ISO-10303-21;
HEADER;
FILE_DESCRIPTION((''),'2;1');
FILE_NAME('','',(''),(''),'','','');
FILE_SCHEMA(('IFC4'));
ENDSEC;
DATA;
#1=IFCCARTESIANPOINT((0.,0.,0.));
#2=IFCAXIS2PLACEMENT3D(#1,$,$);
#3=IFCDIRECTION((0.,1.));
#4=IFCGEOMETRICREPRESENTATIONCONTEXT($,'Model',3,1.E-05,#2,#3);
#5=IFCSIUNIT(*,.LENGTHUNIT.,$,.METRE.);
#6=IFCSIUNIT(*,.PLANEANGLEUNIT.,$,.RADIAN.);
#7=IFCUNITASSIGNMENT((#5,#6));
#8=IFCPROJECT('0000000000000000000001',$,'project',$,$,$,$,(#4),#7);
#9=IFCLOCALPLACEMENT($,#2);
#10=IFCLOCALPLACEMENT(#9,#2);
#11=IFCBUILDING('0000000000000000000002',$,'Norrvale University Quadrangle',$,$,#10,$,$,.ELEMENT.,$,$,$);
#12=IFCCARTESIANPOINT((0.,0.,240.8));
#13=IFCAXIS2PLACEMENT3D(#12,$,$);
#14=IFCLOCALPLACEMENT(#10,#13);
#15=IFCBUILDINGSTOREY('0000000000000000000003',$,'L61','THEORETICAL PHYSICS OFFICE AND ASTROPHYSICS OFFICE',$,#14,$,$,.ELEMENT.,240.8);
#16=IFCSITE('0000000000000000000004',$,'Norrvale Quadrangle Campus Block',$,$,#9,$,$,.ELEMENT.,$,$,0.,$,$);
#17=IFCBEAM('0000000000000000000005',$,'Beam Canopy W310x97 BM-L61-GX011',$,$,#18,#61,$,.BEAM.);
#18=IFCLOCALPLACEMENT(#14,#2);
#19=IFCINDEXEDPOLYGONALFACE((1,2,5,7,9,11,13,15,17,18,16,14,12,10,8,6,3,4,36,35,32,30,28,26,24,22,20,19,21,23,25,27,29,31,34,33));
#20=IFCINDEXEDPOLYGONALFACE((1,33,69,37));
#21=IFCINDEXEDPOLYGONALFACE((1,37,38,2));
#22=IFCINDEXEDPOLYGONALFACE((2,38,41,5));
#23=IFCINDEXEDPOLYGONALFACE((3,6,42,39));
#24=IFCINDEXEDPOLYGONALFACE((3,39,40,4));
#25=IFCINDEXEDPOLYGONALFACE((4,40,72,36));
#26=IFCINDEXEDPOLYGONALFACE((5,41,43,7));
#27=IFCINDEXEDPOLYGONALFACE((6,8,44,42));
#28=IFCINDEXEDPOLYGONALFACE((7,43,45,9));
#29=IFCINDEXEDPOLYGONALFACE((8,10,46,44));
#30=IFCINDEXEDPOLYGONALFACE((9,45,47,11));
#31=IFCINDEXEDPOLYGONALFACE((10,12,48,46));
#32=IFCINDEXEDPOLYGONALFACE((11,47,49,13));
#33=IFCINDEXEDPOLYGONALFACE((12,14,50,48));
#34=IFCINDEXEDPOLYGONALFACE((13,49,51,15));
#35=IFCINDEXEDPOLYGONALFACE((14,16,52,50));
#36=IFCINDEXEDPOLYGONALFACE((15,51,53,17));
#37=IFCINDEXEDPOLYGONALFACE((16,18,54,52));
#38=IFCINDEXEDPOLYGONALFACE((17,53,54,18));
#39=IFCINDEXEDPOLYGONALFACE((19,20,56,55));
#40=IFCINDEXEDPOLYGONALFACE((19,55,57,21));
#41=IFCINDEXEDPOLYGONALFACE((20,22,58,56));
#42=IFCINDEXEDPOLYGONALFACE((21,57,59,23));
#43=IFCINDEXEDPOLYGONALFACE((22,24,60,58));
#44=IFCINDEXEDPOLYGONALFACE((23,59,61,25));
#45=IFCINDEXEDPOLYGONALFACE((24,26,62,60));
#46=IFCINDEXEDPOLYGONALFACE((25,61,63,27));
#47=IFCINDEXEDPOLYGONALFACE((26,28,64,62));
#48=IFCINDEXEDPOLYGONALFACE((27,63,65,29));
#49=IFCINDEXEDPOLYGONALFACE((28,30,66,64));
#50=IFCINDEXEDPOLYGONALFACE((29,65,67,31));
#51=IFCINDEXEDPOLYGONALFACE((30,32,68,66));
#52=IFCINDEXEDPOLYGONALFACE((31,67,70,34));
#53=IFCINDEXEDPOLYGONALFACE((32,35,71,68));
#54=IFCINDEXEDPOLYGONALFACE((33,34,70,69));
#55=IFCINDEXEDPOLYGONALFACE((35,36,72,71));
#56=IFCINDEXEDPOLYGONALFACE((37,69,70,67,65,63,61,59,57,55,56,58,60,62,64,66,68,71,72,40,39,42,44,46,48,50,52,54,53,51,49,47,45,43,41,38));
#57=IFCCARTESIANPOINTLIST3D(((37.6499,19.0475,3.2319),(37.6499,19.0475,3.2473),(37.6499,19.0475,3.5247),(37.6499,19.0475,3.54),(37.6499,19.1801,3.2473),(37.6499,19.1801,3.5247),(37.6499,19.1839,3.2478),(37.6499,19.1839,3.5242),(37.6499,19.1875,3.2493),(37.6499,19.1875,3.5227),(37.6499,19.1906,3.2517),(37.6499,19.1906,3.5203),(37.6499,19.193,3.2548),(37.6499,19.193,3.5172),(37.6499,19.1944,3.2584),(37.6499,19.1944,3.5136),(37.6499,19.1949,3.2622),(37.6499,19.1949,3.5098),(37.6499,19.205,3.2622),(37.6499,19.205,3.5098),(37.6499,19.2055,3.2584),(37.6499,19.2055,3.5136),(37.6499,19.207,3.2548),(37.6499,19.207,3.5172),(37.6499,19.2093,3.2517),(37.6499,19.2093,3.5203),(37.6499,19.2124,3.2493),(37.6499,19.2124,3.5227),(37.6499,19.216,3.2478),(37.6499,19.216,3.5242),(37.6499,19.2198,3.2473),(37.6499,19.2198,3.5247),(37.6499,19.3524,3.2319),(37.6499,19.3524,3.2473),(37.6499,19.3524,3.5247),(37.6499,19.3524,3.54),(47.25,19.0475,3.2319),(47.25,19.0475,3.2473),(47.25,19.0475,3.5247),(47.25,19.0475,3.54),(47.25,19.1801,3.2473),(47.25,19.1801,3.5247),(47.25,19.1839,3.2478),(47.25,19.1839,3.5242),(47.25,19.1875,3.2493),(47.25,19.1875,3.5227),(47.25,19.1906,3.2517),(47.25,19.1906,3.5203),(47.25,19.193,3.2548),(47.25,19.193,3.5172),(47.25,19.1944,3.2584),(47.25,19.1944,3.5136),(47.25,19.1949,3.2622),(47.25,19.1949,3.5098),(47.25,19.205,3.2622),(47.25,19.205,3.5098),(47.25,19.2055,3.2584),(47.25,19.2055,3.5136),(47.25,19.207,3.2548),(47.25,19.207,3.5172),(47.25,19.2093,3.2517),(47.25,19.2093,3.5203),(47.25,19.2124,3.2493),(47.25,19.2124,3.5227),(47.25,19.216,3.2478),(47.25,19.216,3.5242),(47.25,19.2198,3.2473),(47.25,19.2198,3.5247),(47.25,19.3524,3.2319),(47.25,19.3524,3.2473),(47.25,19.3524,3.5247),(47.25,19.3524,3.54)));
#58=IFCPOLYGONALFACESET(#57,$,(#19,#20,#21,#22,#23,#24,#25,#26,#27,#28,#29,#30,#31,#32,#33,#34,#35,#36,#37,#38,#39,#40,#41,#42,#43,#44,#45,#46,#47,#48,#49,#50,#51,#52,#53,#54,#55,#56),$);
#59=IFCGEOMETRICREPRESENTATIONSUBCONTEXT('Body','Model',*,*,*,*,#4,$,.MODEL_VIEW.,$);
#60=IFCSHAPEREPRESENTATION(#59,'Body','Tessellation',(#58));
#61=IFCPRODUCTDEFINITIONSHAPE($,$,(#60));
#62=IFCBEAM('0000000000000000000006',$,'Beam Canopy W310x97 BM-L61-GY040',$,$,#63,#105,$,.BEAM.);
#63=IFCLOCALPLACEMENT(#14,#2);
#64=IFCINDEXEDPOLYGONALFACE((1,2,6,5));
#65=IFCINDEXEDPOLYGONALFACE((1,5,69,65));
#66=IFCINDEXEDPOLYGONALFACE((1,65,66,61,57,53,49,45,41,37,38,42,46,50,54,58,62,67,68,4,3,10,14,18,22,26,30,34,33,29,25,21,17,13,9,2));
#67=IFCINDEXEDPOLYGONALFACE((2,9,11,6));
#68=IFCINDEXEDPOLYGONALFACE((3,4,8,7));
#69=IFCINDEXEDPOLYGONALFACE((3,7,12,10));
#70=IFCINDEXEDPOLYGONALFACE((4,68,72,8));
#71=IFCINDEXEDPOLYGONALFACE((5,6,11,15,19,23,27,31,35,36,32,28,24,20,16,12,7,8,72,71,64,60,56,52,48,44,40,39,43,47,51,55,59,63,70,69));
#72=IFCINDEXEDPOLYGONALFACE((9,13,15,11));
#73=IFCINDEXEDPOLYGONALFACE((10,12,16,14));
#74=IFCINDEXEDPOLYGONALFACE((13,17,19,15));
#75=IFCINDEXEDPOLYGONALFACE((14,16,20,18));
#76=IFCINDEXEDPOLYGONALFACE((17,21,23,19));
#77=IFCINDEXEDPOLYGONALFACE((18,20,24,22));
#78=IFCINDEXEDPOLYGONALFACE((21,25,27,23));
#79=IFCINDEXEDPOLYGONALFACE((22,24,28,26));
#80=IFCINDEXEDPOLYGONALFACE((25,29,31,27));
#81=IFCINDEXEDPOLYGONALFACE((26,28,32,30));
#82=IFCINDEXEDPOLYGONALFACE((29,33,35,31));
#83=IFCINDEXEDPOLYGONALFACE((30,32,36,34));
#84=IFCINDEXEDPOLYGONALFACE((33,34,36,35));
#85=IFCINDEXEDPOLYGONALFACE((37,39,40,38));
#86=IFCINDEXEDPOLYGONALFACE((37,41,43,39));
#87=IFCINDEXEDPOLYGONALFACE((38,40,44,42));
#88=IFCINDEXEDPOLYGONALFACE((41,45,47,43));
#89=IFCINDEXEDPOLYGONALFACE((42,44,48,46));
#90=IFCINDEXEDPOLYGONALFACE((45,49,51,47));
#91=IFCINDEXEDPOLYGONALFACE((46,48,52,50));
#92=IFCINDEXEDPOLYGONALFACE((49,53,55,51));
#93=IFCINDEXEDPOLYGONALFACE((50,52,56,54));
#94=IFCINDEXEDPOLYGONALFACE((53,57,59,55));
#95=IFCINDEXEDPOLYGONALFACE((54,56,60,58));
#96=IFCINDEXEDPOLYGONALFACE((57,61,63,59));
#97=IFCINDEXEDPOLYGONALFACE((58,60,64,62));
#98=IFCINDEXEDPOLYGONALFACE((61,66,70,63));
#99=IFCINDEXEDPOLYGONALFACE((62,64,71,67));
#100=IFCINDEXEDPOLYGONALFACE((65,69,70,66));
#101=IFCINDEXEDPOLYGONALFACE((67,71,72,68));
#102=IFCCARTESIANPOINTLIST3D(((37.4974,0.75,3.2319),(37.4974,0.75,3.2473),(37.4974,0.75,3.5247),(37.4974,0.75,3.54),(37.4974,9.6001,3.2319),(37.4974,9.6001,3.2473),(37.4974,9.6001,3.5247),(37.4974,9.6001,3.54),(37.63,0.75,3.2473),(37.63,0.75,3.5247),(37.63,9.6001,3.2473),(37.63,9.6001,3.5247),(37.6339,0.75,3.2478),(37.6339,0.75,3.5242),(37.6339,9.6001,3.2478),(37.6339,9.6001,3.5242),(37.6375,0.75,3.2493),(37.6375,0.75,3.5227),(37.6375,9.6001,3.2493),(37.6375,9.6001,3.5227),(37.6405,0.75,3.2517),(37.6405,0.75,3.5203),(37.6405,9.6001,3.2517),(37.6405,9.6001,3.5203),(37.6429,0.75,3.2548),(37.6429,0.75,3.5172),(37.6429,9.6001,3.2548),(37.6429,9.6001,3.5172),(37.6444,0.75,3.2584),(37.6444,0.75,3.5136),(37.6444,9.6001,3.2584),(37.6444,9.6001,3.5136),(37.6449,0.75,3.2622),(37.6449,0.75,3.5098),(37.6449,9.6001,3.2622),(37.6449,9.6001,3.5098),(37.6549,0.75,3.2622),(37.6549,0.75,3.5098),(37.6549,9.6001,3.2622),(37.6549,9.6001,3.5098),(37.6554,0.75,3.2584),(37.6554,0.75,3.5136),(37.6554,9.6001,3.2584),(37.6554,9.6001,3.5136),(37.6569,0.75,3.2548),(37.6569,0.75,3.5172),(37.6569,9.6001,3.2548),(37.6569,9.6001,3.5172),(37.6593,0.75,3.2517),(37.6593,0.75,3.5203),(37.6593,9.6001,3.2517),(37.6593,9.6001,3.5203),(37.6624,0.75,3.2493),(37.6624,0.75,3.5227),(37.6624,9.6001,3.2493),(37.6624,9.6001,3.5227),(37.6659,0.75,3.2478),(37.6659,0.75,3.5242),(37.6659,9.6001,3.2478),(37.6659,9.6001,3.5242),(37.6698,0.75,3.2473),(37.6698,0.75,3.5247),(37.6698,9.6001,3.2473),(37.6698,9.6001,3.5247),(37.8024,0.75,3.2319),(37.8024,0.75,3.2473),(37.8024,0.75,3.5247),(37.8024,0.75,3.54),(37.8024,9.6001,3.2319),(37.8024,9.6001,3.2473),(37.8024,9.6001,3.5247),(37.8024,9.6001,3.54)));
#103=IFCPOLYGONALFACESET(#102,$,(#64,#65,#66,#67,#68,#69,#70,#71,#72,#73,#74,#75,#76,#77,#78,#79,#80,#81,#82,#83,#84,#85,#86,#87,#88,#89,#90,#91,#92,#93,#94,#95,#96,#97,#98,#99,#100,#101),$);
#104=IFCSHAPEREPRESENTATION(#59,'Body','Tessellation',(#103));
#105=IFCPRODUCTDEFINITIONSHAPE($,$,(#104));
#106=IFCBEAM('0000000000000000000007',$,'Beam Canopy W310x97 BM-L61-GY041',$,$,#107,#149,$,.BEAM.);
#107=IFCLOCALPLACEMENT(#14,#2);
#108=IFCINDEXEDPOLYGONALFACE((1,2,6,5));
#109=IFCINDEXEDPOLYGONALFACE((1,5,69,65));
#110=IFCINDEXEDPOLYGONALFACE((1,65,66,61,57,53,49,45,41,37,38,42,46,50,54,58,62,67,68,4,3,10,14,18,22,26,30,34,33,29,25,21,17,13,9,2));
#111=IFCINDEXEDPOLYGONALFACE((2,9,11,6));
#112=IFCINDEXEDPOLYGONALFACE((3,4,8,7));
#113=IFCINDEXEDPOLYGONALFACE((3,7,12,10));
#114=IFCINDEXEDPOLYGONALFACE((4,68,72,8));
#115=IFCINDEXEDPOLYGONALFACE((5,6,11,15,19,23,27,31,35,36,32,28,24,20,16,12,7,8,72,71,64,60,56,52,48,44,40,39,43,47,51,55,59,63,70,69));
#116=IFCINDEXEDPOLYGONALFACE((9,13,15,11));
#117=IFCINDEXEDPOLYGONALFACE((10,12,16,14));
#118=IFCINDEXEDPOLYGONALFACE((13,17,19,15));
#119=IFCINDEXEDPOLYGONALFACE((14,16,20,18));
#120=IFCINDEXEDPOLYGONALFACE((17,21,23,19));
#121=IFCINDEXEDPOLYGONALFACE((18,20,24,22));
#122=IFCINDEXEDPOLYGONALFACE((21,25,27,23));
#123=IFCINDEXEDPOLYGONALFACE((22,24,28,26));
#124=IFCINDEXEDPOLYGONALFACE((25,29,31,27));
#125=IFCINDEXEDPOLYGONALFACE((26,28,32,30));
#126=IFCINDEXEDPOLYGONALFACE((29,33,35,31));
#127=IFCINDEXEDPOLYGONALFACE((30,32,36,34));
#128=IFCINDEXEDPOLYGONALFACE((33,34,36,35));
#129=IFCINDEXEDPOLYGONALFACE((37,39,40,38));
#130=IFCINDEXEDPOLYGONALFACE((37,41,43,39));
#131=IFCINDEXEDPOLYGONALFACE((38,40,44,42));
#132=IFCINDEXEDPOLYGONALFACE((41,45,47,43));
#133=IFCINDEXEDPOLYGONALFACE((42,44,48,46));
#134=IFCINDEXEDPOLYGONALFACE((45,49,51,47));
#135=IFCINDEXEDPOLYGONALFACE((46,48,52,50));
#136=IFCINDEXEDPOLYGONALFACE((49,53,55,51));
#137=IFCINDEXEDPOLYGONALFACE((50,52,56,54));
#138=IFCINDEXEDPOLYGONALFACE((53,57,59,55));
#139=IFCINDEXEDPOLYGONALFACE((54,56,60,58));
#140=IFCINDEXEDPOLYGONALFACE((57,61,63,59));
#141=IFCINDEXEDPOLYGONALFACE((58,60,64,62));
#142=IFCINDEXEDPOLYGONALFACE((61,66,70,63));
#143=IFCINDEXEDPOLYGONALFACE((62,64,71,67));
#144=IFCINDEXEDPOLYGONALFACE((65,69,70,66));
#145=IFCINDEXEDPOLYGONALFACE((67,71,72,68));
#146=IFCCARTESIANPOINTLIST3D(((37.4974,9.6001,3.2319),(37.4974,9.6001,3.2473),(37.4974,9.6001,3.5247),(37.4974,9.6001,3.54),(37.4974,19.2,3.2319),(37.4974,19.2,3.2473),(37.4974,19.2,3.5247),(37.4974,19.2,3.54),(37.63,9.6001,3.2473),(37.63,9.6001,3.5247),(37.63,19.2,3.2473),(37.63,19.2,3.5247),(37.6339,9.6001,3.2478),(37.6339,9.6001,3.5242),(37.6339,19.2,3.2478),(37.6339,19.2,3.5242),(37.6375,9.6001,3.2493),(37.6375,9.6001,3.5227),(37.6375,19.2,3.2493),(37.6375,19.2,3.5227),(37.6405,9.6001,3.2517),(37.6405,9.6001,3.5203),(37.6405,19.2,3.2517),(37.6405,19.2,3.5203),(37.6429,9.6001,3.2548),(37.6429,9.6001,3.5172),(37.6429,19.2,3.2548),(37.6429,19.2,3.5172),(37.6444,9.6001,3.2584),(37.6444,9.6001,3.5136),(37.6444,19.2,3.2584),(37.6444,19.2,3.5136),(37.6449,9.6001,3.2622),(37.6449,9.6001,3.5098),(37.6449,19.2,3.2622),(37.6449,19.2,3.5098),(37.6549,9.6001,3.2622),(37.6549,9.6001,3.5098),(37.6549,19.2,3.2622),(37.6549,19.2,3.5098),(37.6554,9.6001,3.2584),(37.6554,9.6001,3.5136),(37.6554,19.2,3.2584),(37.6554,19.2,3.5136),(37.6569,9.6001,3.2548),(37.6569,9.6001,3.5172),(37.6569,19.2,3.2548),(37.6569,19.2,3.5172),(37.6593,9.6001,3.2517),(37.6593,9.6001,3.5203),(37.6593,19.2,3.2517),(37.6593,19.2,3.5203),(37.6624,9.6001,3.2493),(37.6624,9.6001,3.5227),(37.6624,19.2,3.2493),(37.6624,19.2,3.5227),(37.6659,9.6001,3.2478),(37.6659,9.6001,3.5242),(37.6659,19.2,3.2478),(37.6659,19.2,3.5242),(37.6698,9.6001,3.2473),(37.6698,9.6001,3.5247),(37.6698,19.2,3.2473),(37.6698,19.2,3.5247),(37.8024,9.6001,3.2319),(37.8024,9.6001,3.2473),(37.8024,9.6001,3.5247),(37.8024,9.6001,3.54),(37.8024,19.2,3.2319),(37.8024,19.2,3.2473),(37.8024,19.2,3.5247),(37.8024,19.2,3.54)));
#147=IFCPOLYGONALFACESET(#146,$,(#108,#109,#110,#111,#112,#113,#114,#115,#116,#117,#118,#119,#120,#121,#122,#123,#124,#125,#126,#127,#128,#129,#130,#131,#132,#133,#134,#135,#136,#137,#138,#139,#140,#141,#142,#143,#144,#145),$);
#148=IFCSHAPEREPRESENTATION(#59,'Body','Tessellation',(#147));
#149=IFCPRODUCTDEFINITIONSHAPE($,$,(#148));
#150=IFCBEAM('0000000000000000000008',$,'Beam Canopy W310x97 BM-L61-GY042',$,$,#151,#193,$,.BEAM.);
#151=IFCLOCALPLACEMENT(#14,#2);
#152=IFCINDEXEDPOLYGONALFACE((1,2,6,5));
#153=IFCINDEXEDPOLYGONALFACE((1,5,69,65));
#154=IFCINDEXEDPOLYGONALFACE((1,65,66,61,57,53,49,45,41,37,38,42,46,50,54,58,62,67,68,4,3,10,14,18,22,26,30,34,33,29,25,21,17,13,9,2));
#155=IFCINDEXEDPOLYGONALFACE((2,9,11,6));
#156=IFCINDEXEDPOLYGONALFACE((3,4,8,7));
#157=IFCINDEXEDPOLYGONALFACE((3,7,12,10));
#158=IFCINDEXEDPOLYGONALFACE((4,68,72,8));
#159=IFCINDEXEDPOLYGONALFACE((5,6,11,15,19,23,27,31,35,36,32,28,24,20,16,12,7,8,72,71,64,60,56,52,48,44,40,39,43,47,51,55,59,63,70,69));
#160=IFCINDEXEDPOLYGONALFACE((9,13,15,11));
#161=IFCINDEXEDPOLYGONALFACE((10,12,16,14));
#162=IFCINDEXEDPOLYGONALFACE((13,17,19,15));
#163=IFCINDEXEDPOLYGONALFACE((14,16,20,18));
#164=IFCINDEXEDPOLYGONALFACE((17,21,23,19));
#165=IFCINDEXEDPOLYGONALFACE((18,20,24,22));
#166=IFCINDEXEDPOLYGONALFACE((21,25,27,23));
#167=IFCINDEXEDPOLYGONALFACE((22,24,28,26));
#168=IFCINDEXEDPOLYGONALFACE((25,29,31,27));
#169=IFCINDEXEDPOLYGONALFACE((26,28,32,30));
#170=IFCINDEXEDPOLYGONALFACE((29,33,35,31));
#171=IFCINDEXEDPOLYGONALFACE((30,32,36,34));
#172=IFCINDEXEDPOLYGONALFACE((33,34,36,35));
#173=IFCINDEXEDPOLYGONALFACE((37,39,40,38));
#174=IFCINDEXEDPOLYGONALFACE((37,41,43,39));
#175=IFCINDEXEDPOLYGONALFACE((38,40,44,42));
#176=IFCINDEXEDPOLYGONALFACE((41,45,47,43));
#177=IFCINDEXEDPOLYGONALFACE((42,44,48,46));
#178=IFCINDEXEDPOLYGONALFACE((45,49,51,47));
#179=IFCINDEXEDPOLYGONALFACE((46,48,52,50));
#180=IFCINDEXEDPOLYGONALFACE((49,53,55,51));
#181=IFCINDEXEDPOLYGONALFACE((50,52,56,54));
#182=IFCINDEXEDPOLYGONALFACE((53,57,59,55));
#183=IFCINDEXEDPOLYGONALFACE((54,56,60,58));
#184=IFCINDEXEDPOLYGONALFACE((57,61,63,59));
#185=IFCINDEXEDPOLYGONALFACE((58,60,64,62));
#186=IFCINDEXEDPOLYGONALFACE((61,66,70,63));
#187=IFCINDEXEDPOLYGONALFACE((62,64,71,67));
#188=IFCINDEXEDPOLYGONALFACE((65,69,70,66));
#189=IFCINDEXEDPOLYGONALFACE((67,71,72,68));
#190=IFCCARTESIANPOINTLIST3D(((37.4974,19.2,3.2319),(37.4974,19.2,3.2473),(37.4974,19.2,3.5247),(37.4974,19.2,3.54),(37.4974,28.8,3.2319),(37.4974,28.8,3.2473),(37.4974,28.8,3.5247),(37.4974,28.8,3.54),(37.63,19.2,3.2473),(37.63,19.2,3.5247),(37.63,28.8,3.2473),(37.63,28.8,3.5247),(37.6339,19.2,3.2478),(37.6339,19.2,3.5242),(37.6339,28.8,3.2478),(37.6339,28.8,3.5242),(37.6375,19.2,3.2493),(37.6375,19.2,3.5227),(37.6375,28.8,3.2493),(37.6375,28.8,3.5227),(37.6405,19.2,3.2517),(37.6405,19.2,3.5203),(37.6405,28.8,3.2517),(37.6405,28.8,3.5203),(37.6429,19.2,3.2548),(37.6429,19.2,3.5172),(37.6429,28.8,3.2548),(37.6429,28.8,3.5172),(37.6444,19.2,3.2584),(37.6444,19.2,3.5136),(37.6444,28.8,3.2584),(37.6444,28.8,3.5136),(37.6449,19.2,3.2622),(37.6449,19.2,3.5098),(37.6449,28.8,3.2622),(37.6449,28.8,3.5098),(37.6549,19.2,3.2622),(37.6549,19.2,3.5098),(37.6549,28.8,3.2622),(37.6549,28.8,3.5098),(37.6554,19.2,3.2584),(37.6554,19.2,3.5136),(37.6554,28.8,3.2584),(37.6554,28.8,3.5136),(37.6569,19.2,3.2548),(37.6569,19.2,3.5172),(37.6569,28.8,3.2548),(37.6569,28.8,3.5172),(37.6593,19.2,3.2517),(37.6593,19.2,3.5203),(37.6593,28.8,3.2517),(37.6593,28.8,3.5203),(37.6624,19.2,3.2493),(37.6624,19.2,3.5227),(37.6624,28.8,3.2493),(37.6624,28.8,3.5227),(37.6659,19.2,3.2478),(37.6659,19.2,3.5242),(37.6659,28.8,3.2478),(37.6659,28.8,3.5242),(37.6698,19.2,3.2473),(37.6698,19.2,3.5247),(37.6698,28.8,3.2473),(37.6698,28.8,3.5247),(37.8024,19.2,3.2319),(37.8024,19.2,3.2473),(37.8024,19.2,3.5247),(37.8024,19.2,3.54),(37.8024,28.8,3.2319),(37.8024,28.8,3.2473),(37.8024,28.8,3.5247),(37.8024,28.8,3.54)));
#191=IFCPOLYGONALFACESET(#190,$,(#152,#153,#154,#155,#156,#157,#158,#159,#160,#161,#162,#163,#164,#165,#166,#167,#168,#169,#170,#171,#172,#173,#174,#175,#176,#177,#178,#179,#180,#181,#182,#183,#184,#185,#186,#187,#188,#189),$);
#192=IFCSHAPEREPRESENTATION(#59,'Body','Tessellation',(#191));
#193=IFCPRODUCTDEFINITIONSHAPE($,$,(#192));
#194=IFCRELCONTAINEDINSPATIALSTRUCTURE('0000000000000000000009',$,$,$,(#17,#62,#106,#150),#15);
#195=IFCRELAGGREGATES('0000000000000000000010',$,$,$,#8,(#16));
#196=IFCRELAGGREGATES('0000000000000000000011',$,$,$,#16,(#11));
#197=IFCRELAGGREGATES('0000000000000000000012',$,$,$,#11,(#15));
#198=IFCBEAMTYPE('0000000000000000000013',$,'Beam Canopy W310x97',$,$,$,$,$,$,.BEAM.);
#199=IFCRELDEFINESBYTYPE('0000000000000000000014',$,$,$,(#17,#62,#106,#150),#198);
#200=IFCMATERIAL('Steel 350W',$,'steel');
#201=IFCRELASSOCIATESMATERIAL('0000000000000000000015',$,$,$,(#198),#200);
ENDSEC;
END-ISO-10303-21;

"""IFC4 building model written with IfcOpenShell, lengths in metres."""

from ifc_helpers import new_model, si_unit, direction, frame, origin, origin_2d, place, context, subcontext, project, spatial, i_section, extrude, material, material_profile, profile_set, type_object, element, save


model = new_model("IFC4")

# Units and contexts
model_context = context("Model", 3, precision=1e-05, world=origin(), true_north=direction((0.0, 1.0)))
body_context = subcontext(model_context, "Body", "Model", "MODEL_VIEW")
ifc_project = project(units=[si_unit("LENGTHUNIT", "METRE"), si_unit("PLANEANGLEUNIT", "RADIAN")], contexts=[model_context])

# Site, building, storey
site_placement = place(None, origin())
site = spatial("IfcSite", under=ifc_project, at=site_placement, Name="Norrvale Quadrangle Campus Block", CompositionType="ELEMENT", RefElevation=0.0)
building_placement = place(site_placement, origin())
building = spatial("IfcBuilding", under=site, at=building_placement, Name="Norrvale University Quadrangle", CompositionType="ELEMENT")
storey_placement = place(building_placement, frame((0.0, 0.0, 240.8)))
storey = spatial("IfcBuildingStorey", under=building, at=storey_placement, Name="L61", Description="THEORETICAL PHYSICS OFFICE AND ASTROPHYSICS OFFICE", CompositionType="ELEMENT", Elevation=240.8)

# Beams
ifc_material_1 = material(Name="Steel 350W", Category="steel")
ifc_material_profile_1 = material_profile(ifc_material_1, i_section(OverallWidth=0.3049, OverallDepth=0.3081, WebThickness=0.01, FlangeThickness=0.0154, FilletRadius=0.0149, at=origin_2d()), Name="Steel 350W")
ifc_profile_set_1 = profile_set([ifc_material_profile_1], Name="Steel 350W")
beam_type_1 = type_object("IfcBeamType", Name="Beam Canopy W310x97", PredefinedType="BEAM", material=ifc_profile_set_1)
for number, where, z_axis, x_axis, name in (
    (1, (37.6499, 19.2, 3.386), (1.0, 0.0, 0.0), (0.0, 1.0, 0.0), "Beam Canopy W310x97 BM-L61-GX011"),
):
    element("IfcBeam", number, at=place(storey_placement, frame(where, z_axis=z_axis, x_axis=x_axis)), inside=storey, type_object=beam_type_1, Name=name, PredefinedType="BEAM", context=body_context, shape_type="SweptSolid", body=[
        extrude(i_section(OverallWidth=0.3049, OverallDepth=0.3081, WebThickness=0.01, FlangeThickness=0.0154, FilletRadius=0.0149, at=origin_2d()), origin(), (0.0, 0.0, 1.0), 9.6001),
    ])
beam_1_placement = place(storey_placement, frame((37.6499, 0.75, 3.386), z_axis=(0.0, 1.0, 0.0), x_axis=(-1.0, 0.0, 0.0)))
element("IfcBeam", 2, at=beam_1_placement, inside=storey, type_object=beam_type_1, Name="Beam Canopy W310x97 BM-L61-GY040", PredefinedType="BEAM", context=body_context, shape_type="SweptSolid", body=[
    extrude(i_section(OverallWidth=0.3049, OverallDepth=0.3081, WebThickness=0.01, FlangeThickness=0.0154, FilletRadius=0.0149, at=origin_2d()), origin(), (0.0, 0.0, 1.0), 8.8501),
])
beam_2_placement = place(storey_placement, frame((37.6499, 9.6001, 3.386), z_axis=(0.0, 1.0, 0.0), x_axis=(-1.0, 0.0, 0.0)))
element("IfcBeam", 3, at=beam_2_placement, inside=storey, type_object=beam_type_1, Name="Beam Canopy W310x97 BM-L61-GY041", PredefinedType="BEAM", context=body_context, shape_type="SweptSolid", body=[
    extrude(i_section(OverallWidth=0.3049, OverallDepth=0.3081, WebThickness=0.01, FlangeThickness=0.0154, FilletRadius=0.0149, at=origin_2d()), origin(), (0.0, 0.0, 1.0), 9.5999),
])
beam_3_placement = place(storey_placement, frame((37.6499, 19.2, 3.386), z_axis=(0.0, 1.0, 0.0), x_axis=(-1.0, 0.0, 0.0)))
element("IfcBeam", 4, at=beam_3_placement, inside=storey, type_object=beam_type_1, Name="Beam Canopy W310x97 BM-L61-GY042", PredefinedType="BEAM", context=body_context, shape_type="SweptSolid", body=[
    extrude(i_section(OverallWidth=0.3049, OverallDepth=0.3081, WebThickness=0.01, FlangeThickness=0.0154, FilletRadius=0.0149, at=origin_2d()), origin(), (0.0, 0.0, 1.0), 9.6001),
])

save(model, "model.ifc")
